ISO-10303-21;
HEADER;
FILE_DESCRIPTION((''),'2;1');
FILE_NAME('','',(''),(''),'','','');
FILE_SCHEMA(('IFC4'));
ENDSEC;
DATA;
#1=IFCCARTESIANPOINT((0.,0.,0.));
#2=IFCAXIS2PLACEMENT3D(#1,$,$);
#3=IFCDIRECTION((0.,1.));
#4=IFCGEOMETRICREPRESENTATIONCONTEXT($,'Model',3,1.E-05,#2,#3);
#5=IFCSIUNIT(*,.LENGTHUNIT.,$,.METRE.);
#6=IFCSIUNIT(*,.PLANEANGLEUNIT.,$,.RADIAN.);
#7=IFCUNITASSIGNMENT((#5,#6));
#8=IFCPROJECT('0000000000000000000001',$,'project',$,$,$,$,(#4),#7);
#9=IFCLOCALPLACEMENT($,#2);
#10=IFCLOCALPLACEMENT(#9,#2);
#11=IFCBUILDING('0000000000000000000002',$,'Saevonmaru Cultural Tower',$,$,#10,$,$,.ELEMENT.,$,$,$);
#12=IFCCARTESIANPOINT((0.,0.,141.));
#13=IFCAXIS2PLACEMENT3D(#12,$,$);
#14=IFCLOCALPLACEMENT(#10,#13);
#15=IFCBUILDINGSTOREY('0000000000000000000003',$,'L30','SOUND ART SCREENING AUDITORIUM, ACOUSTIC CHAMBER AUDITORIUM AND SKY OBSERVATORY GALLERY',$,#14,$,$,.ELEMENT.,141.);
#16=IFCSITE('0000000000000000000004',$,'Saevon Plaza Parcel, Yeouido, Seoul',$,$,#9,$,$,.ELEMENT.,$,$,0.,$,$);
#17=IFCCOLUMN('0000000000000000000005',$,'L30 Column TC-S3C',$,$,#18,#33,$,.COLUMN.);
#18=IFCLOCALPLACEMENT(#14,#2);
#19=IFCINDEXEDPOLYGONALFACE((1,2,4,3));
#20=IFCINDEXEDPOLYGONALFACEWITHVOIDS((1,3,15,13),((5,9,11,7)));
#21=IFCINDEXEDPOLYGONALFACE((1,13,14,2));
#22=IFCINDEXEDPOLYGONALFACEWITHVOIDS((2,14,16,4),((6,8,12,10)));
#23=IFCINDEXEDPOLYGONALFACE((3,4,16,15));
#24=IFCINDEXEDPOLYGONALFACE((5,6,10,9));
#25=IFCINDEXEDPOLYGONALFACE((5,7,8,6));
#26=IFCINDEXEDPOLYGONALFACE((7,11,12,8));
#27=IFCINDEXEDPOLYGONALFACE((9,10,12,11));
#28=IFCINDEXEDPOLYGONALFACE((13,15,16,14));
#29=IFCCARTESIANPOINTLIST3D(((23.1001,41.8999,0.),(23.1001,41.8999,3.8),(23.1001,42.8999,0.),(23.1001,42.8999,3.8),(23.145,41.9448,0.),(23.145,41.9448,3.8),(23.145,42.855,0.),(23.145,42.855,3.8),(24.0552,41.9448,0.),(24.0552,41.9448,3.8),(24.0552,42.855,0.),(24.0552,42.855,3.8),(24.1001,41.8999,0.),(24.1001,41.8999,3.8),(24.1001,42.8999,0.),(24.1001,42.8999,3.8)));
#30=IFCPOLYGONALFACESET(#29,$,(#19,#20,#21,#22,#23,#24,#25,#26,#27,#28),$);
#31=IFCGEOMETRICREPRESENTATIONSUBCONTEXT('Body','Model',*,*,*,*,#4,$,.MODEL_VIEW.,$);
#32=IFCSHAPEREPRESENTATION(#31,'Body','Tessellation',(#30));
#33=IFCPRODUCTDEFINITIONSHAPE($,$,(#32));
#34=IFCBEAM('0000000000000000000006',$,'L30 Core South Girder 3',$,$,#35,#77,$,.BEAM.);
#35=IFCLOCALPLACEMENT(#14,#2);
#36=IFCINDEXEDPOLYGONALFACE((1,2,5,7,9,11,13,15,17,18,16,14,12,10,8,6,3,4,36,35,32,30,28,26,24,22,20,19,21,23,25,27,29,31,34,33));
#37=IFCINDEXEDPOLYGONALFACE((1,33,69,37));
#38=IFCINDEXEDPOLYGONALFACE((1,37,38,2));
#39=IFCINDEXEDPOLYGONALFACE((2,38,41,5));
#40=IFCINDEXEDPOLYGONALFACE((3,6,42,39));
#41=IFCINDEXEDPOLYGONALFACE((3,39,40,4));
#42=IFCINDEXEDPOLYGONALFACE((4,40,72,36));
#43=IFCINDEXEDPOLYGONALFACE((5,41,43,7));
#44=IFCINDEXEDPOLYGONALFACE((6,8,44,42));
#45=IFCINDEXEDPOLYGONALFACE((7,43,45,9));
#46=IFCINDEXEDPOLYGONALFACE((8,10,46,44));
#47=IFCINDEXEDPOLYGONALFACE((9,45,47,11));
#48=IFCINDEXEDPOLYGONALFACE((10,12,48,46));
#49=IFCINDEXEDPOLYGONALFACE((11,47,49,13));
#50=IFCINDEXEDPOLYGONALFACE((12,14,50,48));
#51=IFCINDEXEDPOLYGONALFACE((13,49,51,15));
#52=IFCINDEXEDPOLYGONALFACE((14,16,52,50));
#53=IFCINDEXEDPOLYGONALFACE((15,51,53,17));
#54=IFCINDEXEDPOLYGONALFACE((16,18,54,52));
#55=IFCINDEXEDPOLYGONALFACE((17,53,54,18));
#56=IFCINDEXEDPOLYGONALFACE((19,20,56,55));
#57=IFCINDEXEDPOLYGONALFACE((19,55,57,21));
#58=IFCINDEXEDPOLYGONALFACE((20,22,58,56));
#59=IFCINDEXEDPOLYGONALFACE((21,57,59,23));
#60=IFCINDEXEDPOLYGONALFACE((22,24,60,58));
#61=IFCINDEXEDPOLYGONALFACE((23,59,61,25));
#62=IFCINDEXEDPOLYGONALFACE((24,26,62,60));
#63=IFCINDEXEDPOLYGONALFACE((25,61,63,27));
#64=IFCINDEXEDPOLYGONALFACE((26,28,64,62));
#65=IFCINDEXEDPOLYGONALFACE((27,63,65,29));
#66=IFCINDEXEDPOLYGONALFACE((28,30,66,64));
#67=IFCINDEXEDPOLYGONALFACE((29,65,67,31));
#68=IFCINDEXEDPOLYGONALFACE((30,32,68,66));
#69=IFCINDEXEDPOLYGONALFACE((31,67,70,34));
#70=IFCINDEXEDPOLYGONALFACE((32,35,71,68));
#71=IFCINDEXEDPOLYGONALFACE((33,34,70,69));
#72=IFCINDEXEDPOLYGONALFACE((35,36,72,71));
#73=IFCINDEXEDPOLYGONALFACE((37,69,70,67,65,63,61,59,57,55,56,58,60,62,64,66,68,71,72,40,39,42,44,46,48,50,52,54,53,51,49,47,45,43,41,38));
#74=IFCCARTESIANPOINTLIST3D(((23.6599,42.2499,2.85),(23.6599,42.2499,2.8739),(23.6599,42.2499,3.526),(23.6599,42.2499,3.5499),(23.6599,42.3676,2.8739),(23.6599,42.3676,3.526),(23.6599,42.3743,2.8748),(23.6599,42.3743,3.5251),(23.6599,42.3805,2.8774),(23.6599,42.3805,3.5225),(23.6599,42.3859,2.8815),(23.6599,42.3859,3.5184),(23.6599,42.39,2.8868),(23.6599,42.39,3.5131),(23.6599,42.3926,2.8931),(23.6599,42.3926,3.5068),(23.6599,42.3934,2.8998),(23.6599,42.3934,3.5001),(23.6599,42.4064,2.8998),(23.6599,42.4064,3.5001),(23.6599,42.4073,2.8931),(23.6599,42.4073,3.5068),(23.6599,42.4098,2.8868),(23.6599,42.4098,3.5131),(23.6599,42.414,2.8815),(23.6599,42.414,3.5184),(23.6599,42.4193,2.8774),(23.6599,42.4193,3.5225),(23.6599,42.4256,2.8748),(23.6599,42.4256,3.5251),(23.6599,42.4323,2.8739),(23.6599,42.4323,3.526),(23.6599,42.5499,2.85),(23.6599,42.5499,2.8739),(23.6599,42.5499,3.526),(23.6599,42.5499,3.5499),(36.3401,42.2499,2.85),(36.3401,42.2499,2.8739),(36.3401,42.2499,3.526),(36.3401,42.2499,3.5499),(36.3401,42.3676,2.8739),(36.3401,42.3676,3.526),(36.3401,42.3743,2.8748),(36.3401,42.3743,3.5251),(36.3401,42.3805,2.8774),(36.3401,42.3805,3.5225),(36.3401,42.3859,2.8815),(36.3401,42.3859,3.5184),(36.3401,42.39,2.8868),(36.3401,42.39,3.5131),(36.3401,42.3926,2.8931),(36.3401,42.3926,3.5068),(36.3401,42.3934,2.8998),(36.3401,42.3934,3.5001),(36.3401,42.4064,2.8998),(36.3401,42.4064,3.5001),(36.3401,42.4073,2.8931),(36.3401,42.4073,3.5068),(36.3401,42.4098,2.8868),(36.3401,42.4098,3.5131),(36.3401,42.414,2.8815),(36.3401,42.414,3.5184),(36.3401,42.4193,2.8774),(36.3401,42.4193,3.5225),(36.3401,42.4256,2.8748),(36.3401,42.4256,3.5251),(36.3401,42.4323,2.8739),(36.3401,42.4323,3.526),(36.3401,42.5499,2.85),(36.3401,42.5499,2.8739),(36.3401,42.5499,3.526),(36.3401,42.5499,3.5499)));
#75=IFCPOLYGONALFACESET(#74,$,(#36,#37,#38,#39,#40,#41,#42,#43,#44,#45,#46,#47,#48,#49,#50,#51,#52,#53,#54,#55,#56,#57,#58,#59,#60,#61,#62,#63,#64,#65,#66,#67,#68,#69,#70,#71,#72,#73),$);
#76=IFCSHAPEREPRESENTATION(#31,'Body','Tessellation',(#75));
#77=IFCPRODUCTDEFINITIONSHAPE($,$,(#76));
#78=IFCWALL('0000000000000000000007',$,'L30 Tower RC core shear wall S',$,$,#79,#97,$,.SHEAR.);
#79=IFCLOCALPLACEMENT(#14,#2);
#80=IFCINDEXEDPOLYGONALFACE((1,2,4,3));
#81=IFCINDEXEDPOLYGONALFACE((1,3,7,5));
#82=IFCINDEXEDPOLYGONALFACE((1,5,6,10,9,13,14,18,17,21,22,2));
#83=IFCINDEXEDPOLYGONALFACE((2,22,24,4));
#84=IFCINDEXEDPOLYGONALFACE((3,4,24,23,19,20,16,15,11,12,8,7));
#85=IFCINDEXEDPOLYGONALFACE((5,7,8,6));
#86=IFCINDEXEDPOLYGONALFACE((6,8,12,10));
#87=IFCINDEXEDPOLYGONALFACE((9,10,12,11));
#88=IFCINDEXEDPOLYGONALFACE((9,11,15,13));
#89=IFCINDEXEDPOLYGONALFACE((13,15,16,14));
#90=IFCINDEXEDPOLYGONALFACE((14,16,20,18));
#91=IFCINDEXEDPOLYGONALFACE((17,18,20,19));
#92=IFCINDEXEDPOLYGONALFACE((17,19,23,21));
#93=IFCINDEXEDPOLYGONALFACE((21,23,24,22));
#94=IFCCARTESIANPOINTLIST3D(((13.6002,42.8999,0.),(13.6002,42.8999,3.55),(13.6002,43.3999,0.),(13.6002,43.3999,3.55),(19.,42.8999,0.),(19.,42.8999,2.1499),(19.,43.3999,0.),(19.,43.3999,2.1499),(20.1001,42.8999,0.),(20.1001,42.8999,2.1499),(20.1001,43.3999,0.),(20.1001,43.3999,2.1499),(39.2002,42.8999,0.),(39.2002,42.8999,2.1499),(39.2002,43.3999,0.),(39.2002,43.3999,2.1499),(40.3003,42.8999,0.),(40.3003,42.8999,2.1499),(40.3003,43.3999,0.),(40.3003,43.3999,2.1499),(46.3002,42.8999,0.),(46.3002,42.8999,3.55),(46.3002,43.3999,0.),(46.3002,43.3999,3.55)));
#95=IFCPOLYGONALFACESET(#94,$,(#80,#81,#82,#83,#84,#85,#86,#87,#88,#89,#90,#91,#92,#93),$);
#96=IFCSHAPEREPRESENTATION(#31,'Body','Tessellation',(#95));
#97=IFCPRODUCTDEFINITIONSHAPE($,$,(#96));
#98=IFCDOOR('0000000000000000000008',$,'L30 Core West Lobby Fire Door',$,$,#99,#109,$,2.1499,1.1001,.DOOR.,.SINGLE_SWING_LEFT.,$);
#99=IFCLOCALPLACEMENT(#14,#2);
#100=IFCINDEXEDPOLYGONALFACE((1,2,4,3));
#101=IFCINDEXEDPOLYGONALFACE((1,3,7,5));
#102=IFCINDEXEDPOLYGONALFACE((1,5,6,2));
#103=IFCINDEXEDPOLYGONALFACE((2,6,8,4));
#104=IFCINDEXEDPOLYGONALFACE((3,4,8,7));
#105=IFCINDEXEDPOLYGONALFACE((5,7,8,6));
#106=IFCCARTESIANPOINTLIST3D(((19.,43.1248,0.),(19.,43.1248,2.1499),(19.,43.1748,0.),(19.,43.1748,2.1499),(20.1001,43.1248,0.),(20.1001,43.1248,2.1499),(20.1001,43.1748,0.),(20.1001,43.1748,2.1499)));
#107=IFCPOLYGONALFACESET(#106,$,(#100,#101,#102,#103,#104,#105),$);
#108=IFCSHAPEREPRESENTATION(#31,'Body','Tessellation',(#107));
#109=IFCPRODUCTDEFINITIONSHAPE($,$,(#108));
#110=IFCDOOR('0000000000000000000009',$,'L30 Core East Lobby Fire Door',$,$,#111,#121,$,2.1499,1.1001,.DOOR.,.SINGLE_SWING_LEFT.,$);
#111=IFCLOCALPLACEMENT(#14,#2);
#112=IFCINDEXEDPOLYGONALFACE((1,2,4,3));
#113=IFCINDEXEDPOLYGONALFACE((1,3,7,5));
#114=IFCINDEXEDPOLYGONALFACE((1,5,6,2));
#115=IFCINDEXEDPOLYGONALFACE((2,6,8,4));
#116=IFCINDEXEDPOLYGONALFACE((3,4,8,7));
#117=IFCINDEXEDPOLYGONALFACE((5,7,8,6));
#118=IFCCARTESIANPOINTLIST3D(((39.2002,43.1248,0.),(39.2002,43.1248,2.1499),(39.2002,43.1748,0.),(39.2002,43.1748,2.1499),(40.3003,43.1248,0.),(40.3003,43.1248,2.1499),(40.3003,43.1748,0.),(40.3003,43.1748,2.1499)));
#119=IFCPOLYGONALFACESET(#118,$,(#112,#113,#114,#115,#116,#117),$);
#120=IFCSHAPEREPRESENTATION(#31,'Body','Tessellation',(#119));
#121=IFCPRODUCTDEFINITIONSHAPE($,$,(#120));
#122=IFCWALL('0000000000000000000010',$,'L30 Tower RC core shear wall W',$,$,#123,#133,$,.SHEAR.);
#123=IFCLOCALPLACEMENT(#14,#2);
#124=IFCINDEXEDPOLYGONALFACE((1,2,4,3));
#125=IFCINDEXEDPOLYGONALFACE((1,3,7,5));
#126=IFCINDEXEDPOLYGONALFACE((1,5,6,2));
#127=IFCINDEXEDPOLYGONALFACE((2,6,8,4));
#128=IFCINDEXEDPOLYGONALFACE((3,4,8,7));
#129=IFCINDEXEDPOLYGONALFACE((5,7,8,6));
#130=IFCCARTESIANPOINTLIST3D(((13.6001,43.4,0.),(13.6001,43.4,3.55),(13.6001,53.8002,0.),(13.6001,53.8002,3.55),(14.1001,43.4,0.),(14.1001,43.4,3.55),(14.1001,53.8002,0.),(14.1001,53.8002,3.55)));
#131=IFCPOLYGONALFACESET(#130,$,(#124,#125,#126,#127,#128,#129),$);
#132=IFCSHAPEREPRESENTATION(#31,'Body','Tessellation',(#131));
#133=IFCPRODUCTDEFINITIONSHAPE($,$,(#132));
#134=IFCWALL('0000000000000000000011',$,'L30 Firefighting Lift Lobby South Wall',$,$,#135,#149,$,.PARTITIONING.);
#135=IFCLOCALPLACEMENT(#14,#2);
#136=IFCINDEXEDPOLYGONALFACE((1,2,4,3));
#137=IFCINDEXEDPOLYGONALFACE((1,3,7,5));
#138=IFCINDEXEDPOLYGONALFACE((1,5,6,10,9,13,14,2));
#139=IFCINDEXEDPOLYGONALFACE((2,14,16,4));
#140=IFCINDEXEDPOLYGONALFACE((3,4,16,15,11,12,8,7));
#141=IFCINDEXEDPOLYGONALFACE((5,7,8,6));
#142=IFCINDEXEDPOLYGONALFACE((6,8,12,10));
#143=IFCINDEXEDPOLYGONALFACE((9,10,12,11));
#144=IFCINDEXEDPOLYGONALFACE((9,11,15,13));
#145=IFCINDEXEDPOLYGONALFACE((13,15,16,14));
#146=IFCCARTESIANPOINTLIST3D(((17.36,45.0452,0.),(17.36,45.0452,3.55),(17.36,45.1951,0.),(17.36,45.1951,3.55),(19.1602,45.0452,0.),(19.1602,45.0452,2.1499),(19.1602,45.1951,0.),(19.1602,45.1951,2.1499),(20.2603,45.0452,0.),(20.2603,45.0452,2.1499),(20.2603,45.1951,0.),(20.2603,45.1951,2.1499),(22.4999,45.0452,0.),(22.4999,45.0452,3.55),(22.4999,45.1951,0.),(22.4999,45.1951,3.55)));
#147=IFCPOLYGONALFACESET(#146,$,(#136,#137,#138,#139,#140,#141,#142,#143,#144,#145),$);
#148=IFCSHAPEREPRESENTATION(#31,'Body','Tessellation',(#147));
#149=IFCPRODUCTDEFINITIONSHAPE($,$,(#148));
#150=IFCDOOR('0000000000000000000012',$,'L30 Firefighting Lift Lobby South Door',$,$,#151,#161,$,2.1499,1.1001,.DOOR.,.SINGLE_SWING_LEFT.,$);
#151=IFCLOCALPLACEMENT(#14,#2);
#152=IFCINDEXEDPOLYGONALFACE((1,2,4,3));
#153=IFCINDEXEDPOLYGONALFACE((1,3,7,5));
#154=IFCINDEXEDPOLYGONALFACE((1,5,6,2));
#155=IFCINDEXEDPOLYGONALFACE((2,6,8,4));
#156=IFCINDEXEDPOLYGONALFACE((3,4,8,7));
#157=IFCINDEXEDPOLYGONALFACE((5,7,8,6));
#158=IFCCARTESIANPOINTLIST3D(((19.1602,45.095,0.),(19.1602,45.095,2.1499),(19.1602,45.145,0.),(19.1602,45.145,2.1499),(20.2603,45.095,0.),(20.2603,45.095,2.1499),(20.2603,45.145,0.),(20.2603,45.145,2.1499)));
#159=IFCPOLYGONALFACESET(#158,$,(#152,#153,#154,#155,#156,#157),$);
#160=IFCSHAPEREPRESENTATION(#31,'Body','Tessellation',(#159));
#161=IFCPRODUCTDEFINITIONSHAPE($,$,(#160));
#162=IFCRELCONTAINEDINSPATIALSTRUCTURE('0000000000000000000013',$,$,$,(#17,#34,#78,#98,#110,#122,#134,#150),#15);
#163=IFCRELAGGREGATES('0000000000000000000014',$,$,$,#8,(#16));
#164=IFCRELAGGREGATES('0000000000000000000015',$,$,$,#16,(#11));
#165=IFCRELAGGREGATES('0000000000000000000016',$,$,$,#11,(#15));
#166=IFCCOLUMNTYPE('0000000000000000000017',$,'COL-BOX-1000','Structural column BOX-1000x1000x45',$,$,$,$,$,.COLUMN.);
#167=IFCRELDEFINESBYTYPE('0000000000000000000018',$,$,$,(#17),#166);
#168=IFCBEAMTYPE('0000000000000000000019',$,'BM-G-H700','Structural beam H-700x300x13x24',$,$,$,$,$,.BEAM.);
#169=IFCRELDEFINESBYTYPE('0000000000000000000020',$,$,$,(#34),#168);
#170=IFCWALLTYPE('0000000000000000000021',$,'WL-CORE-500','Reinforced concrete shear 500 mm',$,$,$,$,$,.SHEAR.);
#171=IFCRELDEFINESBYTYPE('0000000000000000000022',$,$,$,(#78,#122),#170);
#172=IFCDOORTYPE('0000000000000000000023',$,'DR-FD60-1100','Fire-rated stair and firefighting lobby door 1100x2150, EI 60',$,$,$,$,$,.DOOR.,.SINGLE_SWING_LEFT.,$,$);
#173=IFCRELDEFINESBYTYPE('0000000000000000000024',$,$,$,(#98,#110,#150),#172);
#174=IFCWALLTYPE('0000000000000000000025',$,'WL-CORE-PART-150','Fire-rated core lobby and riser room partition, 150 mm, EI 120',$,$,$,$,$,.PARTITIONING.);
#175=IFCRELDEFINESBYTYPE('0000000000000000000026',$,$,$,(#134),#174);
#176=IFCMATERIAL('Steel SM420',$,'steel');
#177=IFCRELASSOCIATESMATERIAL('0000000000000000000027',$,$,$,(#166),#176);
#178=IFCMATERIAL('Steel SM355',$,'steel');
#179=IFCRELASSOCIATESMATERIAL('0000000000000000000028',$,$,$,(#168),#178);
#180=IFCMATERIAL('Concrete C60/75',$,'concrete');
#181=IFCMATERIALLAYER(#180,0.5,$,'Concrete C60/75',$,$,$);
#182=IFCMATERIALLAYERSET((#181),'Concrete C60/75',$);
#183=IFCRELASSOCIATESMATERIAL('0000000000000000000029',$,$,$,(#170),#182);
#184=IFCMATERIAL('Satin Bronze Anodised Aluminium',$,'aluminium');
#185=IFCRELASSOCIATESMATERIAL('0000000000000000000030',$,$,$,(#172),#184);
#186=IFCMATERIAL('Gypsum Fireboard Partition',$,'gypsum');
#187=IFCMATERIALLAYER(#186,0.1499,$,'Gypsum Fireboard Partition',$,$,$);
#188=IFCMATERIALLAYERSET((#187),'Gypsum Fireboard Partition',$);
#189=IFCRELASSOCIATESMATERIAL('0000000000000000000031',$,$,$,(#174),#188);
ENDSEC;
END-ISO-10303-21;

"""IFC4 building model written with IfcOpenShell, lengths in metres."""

from ifc_helpers import new_model, si_unit, direction, frame, frame_2d, origin, origin_2d, place, context, subcontext, project, spatial, rectangle, hollow_rectangle, i_section, extrude, material, layer, layer_set, material_profile, profile_set, type_object, element, fill, save


model = new_model("IFC4")

# Units and contexts
model_context = context("Model", 3, precision=1e-05, world=origin(), true_north=direction((0.0, 1.0)))
body_context = subcontext(model_context, "Body", "Model", "MODEL_VIEW")
ifc_project = project(units=[si_unit("LENGTHUNIT", "METRE"), si_unit("PLANEANGLEUNIT", "RADIAN")], contexts=[model_context])

# Site, building, storey
site_placement = place(None, origin())
site = spatial("IfcSite", under=ifc_project, at=site_placement, Name="Saevon Plaza Parcel, Yeouido, Seoul", CompositionType="ELEMENT", RefElevation=0.0)
building_placement = place(site_placement, origin())
building = spatial("IfcBuilding", under=site, at=building_placement, Name="Saevonmaru Cultural Tower", CompositionType="ELEMENT")
storey_placement = place(building_placement, frame((0.0, 0.0, 141.0)))
storey = spatial("IfcBuildingStorey", under=building, at=storey_placement, Name="L30", Description="SOUND ART SCREENING AUDITORIUM, ACOUSTIC CHAMBER AUDITORIUM AND SKY OBSERVATORY GALLERY", CompositionType="ELEMENT", Elevation=141.0)

# Column
ifc_material_1 = material(Name="Steel SM420", Category="steel")
ifc_material_profile_1 = material_profile(ifc_material_1, hollow_rectangle(XDim=1.0, YDim=1.0, WallThickness=0.0449, at=origin_2d()), Name="BOX-1000x1000x45")
ifc_profile_set_1 = profile_set([ifc_material_profile_1], Name="Steel SM420")
column_type = type_object("IfcColumnType", Name="COL-BOX-1000", Description="Structural column BOX-1000x1000x45", PredefinedType="COLUMN", material=ifc_profile_set_1)
column_placement = place(storey_placement, frame((23.6001, 42.3999, 0.0), z_axis=(0.0, 0.0, 1.0), x_axis=(1.0, 0.0, 0.0)))
element("IfcColumn", 1, at=column_placement, inside=storey, type_object=column_type, Name="L30 Column TC-S3C", PredefinedType="COLUMN", context=body_context, shape_type="SweptSolid", body=[
    extrude(hollow_rectangle(XDim=1.0, YDim=1.0, WallThickness=0.0449, at=origin_2d()), origin(), (0.0, 0.0, 1.0), 3.8),
])

# Beam
ifc_material_2 = material(Name="Steel SM355", Category="steel")
ifc_material_profile_2 = material_profile(ifc_material_2, i_section(OverallWidth=0.3, OverallDepth=0.7, WebThickness=0.0129, FlangeThickness=0.0239, FilletRadius=0.0259, at=origin_2d()), Name="H-700x300x13x24")
ifc_profile_set_2 = profile_set([ifc_material_profile_2], Name="Steel SM355")
beam_type = type_object("IfcBeamType", Name="BM-G-H700", Description="Structural beam H-700x300x13x24", PredefinedType="BEAM", material=ifc_profile_set_2)
beam_placement = place(storey_placement, frame((23.6599, 42.3999, 3.2), z_axis=(1.0, 0.0, 0.0), x_axis=(0.0, 1.0, 0.0)))
element("IfcBeam", 2, at=beam_placement, inside=storey, type_object=beam_type, Name="L30 Core South Girder 3", PredefinedType="BEAM", context=body_context, shape_type="SweptSolid", body=[
    extrude(i_section(OverallWidth=0.3, OverallDepth=0.7, WebThickness=0.0129, FlangeThickness=0.0239, FilletRadius=0.0259, at=origin_2d()), origin(), (0.0, 0.0, 1.0), 12.6802),
])

# Wall, openings, doors
ifc_material_3 = material(Name="Concrete C60/75", Category="concrete")
ifc_layer_1 = layer(ifc_material_3, 0.5, Name="Concrete C60/75")
ifc_layer_set_1 = layer_set([ifc_layer_1], Name="Concrete C60/75")
wall_type_1 = type_object("IfcWallType", Name="WL-CORE-500", Description="Reinforced concrete shear 500 mm", PredefinedType="SHEAR", material=ifc_layer_set_1)
wall_1_placement = place(storey_placement, frame((13.6001, 43.1499, 0.0), z_axis=(0.0, 0.0, 1.0), x_axis=(1.0, 0.0, 0.0)))
wall_1 = element("IfcWall", 3, at=wall_1_placement, inside=storey, type_object=wall_type_1, Name="L30 Tower RC core shear wall S", PredefinedType="SHEAR", context=body_context, shape_type="SweptSolid", body=[
    extrude(rectangle(XDim=32.7, YDim=0.5, at=frame_2d((16.3501, 0.0))), origin(), (0.0, 0.0, 1.0), 3.55),
])
opening_1_placement = place(wall_1_placement, frame((5.3999, 0.0, 0.0)))
opening_1 = element("IfcOpeningElement", 4, at=opening_1_placement, cuts=wall_1, PredefinedType="OPENING", context=body_context, shape_type="SweptSolid", body=[
    extrude(rectangle(XDim=1.1001, YDim=2.1499, at=frame_2d((0.55, 1.075))), frame((0.0, 0.26, 0.0), z_axis=(0.0, -1.0, 0.0), x_axis=(1.0, 0.0, 0.0)), (0.0, 0.0, 1.0), 0.52),
])
opening_2_placement = place(wall_1_placement, frame((25.6001, 0.0, 0.0)))
opening_2 = element("IfcOpeningElement", 5, at=opening_2_placement, cuts=wall_1, PredefinedType="OPENING", context=body_context, shape_type="SweptSolid", body=[
    extrude(rectangle(XDim=1.1001, YDim=2.1499, at=frame_2d((0.55, 1.075))), frame((0.0, 0.26, 0.0), z_axis=(0.0, -1.0, 0.0), x_axis=(1.0, 0.0, 0.0)), (0.0, 0.0, 1.0), 0.52),
])
ifc_material_4 = material(Name="Satin Bronze Anodised Aluminium", Category="aluminium")
door_type_1 = type_object("IfcDoorType", Name="DR-FD60-1100", Description="Fire-rated stair and firefighting lobby door 1100x2150, EI 60", OperationType="SINGLE_SWING_LEFT", PredefinedType="DOOR", material=ifc_material_4)
door_1_placement = place(opening_1_placement, origin())
door_1 = element("IfcDoor", 6, at=door_1_placement, inside=storey, type_object=door_type_1, Name="L30 Core West Lobby Fire Door", OperationType="SINGLE_SWING_LEFT", OverallHeight=2.1499, OverallWidth=1.1001, PredefinedType="DOOR", context=body_context, shape_type="SweptSolid", body=[
    extrude(rectangle(XDim=1.1001, YDim=2.1499, at=frame_2d((0.55, 1.075))), frame((0.0, 0.0249, 0.0), z_axis=(0.0, -1.0, 0.0), x_axis=(1.0, 0.0, 0.0)), (0.0, 0.0, 1.0), 0.05),
])
fill(opening_1, door_1)
door_2_placement = place(opening_2_placement, origin())
door_2 = element("IfcDoor", 7, at=door_2_placement, inside=storey, type_object=door_type_1, Name="L30 Core East Lobby Fire Door", OperationType="SINGLE_SWING_LEFT", OverallHeight=2.1499, OverallWidth=1.1001, PredefinedType="DOOR", context=body_context, shape_type="SweptSolid", body=[
    extrude(rectangle(XDim=1.1001, YDim=2.1499, at=frame_2d((0.55, 1.075))), frame((0.0, 0.0249, 0.0), z_axis=(0.0, -1.0, 0.0), x_axis=(1.0, 0.0, 0.0)), (0.0, 0.0, 1.0), 0.05),
])
fill(opening_2, door_2)

# Wall
wall_2_placement = place(storey_placement, frame((13.8501, 43.3999, 0.0), z_axis=(0.0, 0.0, 1.0), x_axis=(0.0, 1.0, 0.0)))
element("IfcWall", 8, at=wall_2_placement, inside=storey, type_object=wall_type_1, Name="L30 Tower RC core shear wall W", PredefinedType="SHEAR", context=body_context, shape_type="SweptSolid", body=[
    extrude(rectangle(XDim=10.4001, YDim=0.5, at=frame_2d((5.2002, 0.0))), origin(), (0.0, 0.0, 1.0), 3.55),
])

# Wall, opening, door
ifc_material_5 = material(Name="Gypsum Fireboard Partition", Category="gypsum")
ifc_layer_2 = layer(ifc_material_5, 0.1499, Name="Gypsum Fireboard Partition")
ifc_layer_set_2 = layer_set([ifc_layer_2], Name="Gypsum Fireboard Partition")
wall_type_2 = type_object("IfcWallType", Name="WL-CORE-PART-150", Description="Fire-rated core lobby and riser room partition, 150 mm, EI 120", PredefinedType="PARTITIONING", material=ifc_layer_set_2)
wall_3_placement = place(storey_placement, frame((17.3601, 45.1201, 0.0), z_axis=(0.0, 0.0, 1.0), x_axis=(1.0, 0.0, 0.0)))
wall_3 = element("IfcWall", 9, at=wall_3_placement, inside=storey, type_object=wall_type_2, Name="L30 Firefighting Lift Lobby South Wall", PredefinedType="PARTITIONING", context=body_context, shape_type="SweptSolid", body=[
    extrude(rectangle(XDim=5.1399, YDim=0.1499, at=frame_2d((2.5698, 0.0))), origin(), (0.0, 0.0, 1.0), 3.55),
])
opening_3_placement = place(wall_3_placement, frame((1.8, 0.0, 0.0)))
opening_3 = element("IfcOpeningElement", 10, at=opening_3_placement, cuts=wall_3, PredefinedType="OPENING", context=body_context, shape_type="SweptSolid", body=[
    extrude(rectangle(XDim=1.1001, YDim=2.1499, at=frame_2d((0.55, 1.075))), frame((0.0, 0.085, 0.0), z_axis=(0.0, -1.0, 0.0), x_axis=(1.0, 0.0, 0.0)), (0.0, 0.0, 1.0), 0.1699),
])
door_3_placement = place(opening_3_placement, origin())
door_3 = element("IfcDoor", 11, at=door_3_placement, inside=storey, type_object=door_type_1, Name="L30 Firefighting Lift Lobby South Door", OperationType="SINGLE_SWING_LEFT", OverallHeight=2.1499, OverallWidth=1.1001, PredefinedType="DOOR", context=body_context, shape_type="SweptSolid", body=[
    extrude(rectangle(XDim=1.1001, YDim=2.1499, at=frame_2d((0.55, 1.075))), frame((0.0, 0.0249, 0.0), z_axis=(0.0, -1.0, 0.0), x_axis=(1.0, 0.0, 0.0)), (0.0, 0.0, 1.0), 0.05),
])
fill(opening_3, door_3)

save(model, "model.ifc")
